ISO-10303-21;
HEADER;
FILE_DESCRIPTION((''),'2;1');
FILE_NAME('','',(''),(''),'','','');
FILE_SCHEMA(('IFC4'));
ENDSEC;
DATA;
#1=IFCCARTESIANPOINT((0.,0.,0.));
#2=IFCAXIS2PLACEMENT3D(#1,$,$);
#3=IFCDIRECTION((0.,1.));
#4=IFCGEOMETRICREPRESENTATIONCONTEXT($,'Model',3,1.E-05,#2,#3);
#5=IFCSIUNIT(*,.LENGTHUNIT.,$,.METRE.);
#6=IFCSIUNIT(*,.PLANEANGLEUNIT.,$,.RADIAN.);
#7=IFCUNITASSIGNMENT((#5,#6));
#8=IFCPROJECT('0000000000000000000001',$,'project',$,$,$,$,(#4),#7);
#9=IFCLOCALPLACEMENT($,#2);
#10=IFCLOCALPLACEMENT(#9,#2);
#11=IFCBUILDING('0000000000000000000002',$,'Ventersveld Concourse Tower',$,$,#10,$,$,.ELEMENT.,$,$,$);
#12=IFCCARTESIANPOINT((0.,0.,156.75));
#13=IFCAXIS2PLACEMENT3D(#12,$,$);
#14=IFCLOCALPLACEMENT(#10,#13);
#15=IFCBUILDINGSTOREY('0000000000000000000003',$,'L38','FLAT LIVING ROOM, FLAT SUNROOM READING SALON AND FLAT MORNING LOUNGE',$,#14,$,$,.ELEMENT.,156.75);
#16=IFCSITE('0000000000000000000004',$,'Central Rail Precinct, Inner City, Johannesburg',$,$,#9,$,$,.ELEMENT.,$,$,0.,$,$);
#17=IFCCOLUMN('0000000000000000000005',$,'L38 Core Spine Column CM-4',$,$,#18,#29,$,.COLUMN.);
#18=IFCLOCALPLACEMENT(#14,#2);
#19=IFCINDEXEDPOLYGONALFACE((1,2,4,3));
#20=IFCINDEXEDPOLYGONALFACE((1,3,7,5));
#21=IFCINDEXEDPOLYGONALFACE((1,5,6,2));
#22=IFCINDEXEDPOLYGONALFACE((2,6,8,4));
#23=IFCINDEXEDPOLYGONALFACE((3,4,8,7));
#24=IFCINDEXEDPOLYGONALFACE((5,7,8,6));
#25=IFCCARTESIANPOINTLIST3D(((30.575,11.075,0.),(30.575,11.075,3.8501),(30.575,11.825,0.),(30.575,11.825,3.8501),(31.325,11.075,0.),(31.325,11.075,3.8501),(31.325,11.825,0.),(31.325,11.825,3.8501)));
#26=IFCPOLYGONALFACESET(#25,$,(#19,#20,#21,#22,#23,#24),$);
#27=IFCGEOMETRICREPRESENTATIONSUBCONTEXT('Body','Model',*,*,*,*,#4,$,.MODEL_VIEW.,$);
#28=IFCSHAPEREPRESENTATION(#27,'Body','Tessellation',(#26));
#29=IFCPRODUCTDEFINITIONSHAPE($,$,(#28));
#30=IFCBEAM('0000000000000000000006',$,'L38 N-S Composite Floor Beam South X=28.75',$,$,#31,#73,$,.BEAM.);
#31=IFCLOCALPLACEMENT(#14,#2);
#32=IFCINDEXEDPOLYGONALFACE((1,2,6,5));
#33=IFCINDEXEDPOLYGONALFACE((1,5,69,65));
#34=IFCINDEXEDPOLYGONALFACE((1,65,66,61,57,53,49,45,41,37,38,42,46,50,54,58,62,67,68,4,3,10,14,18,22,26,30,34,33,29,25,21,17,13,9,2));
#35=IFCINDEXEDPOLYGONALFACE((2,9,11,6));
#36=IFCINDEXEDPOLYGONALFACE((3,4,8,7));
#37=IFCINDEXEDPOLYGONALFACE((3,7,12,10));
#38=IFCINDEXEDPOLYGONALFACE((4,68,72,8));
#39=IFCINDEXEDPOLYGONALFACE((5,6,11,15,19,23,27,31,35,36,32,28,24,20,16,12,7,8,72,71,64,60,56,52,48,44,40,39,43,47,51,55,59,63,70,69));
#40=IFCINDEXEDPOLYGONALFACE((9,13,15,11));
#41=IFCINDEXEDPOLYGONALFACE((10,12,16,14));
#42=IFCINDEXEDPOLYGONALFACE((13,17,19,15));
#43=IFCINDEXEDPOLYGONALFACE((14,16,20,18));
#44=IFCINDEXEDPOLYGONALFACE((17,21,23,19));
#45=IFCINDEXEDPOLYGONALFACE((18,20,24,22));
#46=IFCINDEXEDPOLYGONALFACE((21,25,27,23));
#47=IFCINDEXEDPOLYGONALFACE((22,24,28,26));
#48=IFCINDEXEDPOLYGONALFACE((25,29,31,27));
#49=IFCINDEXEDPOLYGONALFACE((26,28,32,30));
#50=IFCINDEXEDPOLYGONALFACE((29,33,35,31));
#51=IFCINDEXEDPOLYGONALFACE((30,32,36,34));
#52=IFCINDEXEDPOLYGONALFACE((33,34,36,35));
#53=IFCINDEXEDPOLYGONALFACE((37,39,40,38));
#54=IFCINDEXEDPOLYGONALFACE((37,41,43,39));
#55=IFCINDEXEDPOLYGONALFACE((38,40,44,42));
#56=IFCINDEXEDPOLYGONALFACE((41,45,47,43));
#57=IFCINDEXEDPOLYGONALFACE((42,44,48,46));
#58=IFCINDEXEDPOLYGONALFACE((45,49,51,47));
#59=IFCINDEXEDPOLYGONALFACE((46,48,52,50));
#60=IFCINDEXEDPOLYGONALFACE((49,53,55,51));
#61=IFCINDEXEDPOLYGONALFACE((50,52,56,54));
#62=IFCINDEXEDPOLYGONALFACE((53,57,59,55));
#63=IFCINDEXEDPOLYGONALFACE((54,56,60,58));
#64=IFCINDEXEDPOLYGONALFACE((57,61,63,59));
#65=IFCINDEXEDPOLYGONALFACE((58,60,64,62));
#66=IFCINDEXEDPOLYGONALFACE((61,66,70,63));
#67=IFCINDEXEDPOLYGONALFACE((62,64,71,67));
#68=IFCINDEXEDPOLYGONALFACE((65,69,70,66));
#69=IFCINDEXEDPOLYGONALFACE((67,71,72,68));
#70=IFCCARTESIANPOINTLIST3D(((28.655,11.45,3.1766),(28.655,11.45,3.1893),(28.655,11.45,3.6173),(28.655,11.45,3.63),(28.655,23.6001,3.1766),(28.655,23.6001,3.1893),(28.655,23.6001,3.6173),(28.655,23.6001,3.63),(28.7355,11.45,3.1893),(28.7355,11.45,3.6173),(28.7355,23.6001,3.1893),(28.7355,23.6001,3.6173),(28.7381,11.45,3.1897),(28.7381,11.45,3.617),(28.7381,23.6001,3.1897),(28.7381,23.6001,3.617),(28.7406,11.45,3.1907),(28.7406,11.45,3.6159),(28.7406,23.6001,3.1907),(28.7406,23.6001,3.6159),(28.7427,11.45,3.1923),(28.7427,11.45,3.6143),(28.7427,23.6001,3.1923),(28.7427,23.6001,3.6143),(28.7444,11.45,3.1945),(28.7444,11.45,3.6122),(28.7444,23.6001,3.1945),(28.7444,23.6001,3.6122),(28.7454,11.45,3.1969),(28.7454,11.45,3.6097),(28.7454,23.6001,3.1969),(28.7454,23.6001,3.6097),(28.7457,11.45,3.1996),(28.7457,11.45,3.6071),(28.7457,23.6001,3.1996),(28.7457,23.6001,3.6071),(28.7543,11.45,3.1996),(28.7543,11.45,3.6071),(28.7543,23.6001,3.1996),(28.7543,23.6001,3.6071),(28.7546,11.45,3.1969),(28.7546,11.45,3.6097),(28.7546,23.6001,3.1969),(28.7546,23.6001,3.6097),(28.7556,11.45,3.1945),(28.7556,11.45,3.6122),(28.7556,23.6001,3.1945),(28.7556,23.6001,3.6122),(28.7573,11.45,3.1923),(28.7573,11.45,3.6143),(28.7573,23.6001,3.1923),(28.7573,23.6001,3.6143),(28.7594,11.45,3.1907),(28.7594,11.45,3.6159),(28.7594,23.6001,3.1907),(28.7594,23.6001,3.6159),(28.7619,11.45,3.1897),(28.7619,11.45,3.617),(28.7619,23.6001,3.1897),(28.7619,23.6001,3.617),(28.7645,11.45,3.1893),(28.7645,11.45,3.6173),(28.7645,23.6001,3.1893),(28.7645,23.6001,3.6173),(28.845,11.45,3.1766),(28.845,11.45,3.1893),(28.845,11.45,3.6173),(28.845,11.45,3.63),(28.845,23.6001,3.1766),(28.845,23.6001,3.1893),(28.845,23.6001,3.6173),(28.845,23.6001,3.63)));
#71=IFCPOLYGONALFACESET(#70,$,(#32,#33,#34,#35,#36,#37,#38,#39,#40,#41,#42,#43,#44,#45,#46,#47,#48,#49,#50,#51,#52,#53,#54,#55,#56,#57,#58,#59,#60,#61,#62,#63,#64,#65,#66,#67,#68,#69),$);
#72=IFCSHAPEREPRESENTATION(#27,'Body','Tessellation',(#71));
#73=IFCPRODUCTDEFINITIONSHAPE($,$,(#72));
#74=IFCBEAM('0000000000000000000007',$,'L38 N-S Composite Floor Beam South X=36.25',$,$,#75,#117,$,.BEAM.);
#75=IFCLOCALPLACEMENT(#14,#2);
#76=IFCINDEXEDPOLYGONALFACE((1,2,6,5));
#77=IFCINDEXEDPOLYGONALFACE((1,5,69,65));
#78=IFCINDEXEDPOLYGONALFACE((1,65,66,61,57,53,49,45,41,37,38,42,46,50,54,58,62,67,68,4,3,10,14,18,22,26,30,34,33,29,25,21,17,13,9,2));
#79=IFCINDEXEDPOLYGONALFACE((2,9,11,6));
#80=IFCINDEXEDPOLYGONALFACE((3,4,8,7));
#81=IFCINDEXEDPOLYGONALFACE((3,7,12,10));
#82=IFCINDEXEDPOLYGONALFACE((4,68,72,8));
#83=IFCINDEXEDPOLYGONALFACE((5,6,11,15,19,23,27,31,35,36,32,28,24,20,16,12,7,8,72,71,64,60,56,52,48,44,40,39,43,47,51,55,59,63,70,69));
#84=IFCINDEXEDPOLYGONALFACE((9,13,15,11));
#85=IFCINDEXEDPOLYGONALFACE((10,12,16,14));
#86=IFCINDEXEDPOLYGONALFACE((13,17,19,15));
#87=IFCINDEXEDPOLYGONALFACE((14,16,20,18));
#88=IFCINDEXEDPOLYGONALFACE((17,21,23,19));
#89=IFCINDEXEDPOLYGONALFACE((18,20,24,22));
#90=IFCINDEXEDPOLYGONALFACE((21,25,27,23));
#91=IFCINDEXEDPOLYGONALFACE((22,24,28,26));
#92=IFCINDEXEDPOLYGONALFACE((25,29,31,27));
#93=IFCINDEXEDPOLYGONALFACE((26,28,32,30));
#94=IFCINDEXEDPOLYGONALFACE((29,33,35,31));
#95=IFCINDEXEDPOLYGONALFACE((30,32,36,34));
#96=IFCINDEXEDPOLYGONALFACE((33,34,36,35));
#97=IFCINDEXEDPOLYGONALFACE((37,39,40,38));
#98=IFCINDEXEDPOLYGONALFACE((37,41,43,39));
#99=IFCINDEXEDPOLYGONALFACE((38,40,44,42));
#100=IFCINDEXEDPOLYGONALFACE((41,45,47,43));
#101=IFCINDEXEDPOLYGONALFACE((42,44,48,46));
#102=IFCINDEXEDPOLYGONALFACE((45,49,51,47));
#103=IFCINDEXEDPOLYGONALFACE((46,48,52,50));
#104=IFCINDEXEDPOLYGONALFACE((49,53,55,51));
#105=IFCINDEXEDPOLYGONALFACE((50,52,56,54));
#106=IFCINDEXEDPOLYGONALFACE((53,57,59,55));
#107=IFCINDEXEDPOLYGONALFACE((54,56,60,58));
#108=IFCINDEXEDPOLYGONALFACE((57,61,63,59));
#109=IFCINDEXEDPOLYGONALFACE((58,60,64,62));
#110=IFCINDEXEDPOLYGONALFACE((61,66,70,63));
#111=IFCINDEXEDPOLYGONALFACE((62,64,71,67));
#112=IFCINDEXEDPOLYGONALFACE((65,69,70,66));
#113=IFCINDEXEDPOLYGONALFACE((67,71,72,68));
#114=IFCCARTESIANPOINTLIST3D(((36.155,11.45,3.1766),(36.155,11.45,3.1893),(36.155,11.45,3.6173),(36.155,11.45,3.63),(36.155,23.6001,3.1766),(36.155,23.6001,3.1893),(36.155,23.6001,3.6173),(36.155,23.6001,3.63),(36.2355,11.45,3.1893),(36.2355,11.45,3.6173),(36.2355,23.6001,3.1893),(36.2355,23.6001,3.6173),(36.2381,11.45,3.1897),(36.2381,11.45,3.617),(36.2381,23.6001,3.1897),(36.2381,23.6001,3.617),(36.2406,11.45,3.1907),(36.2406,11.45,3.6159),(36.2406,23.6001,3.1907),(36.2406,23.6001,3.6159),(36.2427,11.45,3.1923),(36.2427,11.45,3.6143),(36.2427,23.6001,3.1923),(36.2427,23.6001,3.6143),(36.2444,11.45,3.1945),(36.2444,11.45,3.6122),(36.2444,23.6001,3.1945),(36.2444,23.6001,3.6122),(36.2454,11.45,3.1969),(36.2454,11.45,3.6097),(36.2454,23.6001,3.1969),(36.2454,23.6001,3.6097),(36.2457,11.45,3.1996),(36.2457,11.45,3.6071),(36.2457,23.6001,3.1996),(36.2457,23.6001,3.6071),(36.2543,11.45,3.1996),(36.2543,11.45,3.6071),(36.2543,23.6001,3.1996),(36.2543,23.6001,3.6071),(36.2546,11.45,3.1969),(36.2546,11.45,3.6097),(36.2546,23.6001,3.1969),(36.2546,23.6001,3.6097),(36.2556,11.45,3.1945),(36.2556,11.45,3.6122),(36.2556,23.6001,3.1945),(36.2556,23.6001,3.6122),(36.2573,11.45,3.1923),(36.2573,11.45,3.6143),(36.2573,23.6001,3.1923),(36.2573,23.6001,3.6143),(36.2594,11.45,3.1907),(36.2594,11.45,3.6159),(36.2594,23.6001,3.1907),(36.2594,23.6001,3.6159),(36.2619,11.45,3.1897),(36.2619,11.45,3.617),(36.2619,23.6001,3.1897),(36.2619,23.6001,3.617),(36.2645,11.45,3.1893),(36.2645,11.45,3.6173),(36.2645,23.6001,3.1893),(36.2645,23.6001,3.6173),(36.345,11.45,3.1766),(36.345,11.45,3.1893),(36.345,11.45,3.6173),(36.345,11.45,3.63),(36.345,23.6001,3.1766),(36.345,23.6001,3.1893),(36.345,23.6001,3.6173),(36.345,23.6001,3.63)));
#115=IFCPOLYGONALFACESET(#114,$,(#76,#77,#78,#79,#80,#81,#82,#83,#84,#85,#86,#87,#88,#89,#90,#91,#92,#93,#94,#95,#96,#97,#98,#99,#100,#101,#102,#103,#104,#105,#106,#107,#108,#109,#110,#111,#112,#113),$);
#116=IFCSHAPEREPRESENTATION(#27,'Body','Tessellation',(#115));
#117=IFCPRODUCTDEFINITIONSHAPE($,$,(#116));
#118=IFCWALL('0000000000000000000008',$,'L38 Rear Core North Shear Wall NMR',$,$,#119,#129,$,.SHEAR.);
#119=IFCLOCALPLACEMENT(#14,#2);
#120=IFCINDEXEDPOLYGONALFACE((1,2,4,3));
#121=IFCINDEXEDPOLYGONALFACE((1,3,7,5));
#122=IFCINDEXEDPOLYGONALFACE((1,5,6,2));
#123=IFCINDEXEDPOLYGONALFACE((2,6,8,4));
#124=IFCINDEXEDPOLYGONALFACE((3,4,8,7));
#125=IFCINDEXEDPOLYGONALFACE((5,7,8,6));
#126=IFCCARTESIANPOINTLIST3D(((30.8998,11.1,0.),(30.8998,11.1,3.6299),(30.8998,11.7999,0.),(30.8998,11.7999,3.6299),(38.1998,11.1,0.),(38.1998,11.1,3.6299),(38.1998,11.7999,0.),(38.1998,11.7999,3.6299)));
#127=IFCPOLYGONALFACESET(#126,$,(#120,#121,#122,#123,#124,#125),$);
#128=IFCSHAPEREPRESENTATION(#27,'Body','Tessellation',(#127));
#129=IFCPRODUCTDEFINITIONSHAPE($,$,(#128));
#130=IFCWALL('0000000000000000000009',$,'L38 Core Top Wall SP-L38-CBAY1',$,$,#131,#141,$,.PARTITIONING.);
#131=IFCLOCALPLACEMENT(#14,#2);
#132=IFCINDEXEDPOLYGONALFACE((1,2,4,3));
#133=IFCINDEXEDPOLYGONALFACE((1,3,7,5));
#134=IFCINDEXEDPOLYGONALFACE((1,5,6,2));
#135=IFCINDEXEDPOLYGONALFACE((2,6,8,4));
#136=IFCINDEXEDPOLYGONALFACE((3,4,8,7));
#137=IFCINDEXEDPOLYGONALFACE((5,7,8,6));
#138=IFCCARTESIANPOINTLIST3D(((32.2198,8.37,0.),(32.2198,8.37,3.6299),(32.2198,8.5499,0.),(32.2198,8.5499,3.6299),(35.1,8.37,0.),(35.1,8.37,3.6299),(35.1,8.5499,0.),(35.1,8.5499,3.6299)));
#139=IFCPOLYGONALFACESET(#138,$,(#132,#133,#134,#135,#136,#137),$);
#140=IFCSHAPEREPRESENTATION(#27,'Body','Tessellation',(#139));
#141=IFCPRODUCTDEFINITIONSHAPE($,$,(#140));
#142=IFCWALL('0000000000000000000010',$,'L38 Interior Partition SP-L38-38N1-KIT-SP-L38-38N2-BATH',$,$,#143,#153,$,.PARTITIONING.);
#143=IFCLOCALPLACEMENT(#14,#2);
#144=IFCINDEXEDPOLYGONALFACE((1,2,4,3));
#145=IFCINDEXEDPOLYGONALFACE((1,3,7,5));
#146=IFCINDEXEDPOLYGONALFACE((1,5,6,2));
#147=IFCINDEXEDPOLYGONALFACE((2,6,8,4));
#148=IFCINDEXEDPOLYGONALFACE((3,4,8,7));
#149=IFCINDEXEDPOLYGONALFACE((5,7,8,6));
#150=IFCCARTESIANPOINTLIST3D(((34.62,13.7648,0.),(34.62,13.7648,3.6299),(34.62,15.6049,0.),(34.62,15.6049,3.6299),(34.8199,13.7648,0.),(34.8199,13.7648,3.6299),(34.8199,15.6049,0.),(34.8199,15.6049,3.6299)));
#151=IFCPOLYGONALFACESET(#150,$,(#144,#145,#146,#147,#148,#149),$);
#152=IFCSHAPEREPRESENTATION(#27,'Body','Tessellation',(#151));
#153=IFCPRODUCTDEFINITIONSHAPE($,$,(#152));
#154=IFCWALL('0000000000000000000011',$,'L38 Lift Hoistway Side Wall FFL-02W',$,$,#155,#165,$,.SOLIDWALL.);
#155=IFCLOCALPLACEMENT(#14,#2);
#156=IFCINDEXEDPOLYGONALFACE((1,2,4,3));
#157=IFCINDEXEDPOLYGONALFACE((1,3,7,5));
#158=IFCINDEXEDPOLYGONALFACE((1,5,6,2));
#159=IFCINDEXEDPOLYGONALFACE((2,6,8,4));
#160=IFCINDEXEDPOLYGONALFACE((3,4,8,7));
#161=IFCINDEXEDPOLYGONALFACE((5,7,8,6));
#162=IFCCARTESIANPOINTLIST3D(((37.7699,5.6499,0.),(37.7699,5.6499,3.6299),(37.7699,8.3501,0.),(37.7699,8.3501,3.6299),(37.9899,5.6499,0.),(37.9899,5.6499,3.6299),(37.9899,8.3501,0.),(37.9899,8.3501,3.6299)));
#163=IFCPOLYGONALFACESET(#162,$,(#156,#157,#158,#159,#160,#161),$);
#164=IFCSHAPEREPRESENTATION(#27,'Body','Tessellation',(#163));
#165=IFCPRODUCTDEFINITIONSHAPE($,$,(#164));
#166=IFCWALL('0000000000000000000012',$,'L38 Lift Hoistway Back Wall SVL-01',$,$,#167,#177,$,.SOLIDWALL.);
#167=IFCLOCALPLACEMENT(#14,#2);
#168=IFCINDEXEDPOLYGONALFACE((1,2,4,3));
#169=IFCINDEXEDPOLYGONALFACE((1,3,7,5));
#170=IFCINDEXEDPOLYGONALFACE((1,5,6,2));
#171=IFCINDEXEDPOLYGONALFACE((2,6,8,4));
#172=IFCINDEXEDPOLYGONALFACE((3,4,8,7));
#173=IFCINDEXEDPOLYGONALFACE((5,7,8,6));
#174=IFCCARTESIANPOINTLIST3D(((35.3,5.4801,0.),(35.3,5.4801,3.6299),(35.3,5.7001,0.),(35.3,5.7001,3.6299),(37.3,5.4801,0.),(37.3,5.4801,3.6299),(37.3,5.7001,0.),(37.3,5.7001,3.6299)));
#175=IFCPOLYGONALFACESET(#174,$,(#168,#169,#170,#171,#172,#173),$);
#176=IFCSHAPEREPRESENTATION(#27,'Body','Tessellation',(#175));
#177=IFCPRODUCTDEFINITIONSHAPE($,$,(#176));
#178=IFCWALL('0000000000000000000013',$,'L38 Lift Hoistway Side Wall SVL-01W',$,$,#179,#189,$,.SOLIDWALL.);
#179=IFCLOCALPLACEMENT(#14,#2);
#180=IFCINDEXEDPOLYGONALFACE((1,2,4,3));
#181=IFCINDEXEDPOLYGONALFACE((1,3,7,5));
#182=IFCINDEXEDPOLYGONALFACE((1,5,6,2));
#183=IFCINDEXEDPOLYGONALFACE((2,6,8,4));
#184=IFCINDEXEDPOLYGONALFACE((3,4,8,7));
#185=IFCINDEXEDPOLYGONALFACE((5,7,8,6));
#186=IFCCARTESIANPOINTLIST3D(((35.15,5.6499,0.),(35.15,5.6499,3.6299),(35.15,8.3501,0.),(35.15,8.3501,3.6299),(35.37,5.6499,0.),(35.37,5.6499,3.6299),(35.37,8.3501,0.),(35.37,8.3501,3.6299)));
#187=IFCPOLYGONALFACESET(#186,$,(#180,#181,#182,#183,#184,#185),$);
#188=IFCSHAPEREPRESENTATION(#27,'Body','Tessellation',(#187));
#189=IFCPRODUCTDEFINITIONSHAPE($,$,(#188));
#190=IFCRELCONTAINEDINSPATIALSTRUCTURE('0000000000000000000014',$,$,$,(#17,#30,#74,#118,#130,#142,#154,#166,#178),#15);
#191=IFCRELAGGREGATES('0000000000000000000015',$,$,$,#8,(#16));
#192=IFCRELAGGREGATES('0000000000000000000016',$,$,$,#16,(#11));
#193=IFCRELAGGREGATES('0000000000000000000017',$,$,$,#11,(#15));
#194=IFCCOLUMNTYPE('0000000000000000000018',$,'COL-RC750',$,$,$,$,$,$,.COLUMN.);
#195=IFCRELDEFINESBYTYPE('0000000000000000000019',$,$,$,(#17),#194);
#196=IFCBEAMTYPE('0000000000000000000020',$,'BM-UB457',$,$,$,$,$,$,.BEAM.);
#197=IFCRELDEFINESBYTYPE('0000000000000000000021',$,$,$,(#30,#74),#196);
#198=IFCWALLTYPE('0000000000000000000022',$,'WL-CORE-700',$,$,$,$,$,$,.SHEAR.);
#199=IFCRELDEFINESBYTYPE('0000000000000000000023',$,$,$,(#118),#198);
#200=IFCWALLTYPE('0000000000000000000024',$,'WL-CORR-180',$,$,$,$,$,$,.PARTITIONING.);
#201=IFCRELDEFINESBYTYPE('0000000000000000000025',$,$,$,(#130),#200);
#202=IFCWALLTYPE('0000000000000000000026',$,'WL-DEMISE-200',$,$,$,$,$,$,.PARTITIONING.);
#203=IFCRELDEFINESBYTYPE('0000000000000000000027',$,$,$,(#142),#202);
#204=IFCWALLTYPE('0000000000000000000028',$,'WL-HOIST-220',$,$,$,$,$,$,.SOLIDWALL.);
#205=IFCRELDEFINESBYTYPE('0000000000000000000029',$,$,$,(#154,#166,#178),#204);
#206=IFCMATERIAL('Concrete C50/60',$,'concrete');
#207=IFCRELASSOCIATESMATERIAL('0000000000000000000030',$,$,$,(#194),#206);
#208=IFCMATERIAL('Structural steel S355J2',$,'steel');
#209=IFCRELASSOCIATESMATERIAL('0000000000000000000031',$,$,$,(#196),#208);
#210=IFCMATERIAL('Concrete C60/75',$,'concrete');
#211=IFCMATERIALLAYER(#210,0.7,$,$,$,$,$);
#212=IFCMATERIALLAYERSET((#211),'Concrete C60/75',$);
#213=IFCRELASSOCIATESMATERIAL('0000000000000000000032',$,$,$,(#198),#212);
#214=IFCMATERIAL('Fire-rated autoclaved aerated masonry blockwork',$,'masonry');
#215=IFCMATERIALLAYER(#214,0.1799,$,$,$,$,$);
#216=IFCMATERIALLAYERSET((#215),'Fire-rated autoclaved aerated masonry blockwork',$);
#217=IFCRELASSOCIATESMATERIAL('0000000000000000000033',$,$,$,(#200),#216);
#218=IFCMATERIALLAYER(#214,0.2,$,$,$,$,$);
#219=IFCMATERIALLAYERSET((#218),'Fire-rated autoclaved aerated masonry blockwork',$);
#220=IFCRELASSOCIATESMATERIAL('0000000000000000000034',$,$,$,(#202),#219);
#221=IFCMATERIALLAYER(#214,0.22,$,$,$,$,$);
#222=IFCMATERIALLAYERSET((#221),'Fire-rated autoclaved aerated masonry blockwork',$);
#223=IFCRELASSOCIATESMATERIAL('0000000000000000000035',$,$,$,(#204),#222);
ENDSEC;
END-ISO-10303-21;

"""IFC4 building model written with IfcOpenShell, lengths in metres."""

from ifc_helpers import new_model, si_unit, direction, frame, frame_2d, origin, origin_2d, place, context, subcontext, project, spatial, rectangle, i_section, extrude, material, layer, layer_set, material_profile, profile_set, type_object, element, save


model = new_model("IFC4")

# Units and contexts
model_context = context("Model", 3, precision=1e-05, world=origin(), true_north=direction((0.0, 1.0)))
body_context = subcontext(model_context, "Body", "Model", "MODEL_VIEW")
ifc_project = project(units=[si_unit("LENGTHUNIT", "METRE"), si_unit("PLANEANGLEUNIT", "RADIAN")], contexts=[model_context])

# Site, building, storey
site_placement = place(None, origin())
site = spatial("IfcSite", under=ifc_project, at=site_placement, Name="Central Rail Precinct, Inner City, Johannesburg", CompositionType="ELEMENT", RefElevation=0.0)
building_placement = place(site_placement, origin())
building = spatial("IfcBuilding", under=site, at=building_placement, Name="Ventersveld Concourse Tower", CompositionType="ELEMENT")
storey_placement = place(building_placement, frame((0.0, 0.0, 156.75)))
storey = spatial("IfcBuildingStorey", under=building, at=storey_placement, Name="L38", Description="FLAT LIVING ROOM, FLAT SUNROOM READING SALON AND FLAT MORNING LOUNGE", CompositionType="ELEMENT", Elevation=156.75)

# Column
ifc_material_1 = material(Name="Concrete C50/60", Category="concrete")
ifc_material_profile_1 = material_profile(ifc_material_1, rectangle(XDim=0.75, YDim=0.75, at=origin_2d()), Name="RC 750x750")
ifc_profile_set_1 = profile_set([ifc_material_profile_1], Name="Concrete C50/60")
column_type = type_object("IfcColumnType", Name="COL-RC750", PredefinedType="COLUMN", material=ifc_profile_set_1)
column_placement = place(storey_placement, frame((30.95, 11.45, 0.0), z_axis=(0.0, 0.0, 1.0), x_axis=(1.0, 0.0, 0.0)))
element("IfcColumn", 1, at=column_placement, inside=storey, type_object=column_type, Name="L38 Core Spine Column CM-4", PredefinedType="COLUMN", context=body_context, shape_type="SweptSolid", body=[
    extrude(rectangle(XDim=0.75, YDim=0.75, at=origin_2d()), origin(), (0.0, 0.0, 1.0), 3.8501),
])

# Beams
ifc_material_2 = material(Name="Structural steel S355J2", Category="steel")
ifc_material_profile_2 = material_profile(ifc_material_2, i_section(OverallWidth=0.1899, OverallDepth=0.4534, WebThickness=0.0085, FlangeThickness=0.0127, FilletRadius=0.0103, at=origin_2d()), Name="UB 457x191x67")
ifc_profile_set_2 = profile_set([ifc_material_profile_2], Name="Structural steel S355J2")
beam_type = type_object("IfcBeamType", Name="BM-UB457", PredefinedType="BEAM", material=ifc_profile_set_2)
for number, where, z_axis, x_axis, name in (
    (2, (28.75, 11.45, 3.4033), (0.0, 1.0, 0.0), (-1.0, 0.0, 0.0), "L38 N-S Composite Floor Beam South X=28.75"),
    (3, (36.25, 11.45, 3.4033), (0.0, 1.0, 0.0), (-1.0, 0.0, 0.0), "L38 N-S Composite Floor Beam South X=36.25"),
):
    element("IfcBeam", number, at=place(storey_placement, frame(where, z_axis=z_axis, x_axis=x_axis)), inside=storey, type_object=beam_type, Name=name, PredefinedType="BEAM", context=body_context, shape_type="SweptSolid", body=[
        extrude(i_section(OverallWidth=0.1899, OverallDepth=0.4534, WebThickness=0.0085, FlangeThickness=0.0127, FilletRadius=0.0103, at=origin_2d()), origin(), (0.0, 0.0, 1.0), 12.1501),
    ])

# Wall
ifc_material_3 = material(Name="Concrete C60/75", Category="concrete")
ifc_layer_1 = layer(ifc_material_3, 0.7)
ifc_layer_set_1 = layer_set([ifc_layer_1], Name="Concrete C60/75")
wall_type_1 = type_object("IfcWallType", Name="WL-CORE-700", PredefinedType="SHEAR", material=ifc_layer_set_1)
wall_1_placement = place(storey_placement, frame((30.8999, 11.45, 0.0), z_axis=(0.0, 0.0, 1.0), x_axis=(1.0, 0.0, 0.0)))
element("IfcWall", 4, at=wall_1_placement, inside=storey, type_object=wall_type_1, Name="L38 Rear Core North Shear Wall NMR", PredefinedType="SHEAR", context=body_context, shape_type="SweptSolid", body=[
    extrude(rectangle(XDim=7.3, YDim=0.7, at=frame_2d((3.6499, 0.0))), origin(), (0.0, 0.0, 1.0), 3.6299),
])

# Shared definitions
ifc_material_4 = material(Name="Fire-rated autoclaved aerated masonry blockwork", Category="masonry")
ifc_layer_2 = layer(ifc_material_4, 0.1799)
ifc_layer_set_2 = layer_set([ifc_layer_2], Name="Fire-rated autoclaved aerated masonry blockwork")
wall_type_2 = type_object("IfcWallType", Name="WL-CORR-180", PredefinedType="PARTITIONING", material=ifc_layer_set_2)

# Walls
wall_2_placement = place(storey_placement, frame((32.22, 8.46, 0.0), z_axis=(0.0, 0.0, 1.0), x_axis=(1.0, 0.0, 0.0)))
element("IfcWall", 5, at=wall_2_placement, inside=storey, type_object=wall_type_2, Name="L38 Core Top Wall SP-L38-CBAY1", PredefinedType="PARTITIONING", context=body_context, shape_type="SweptSolid", body=[
    extrude(rectangle(XDim=2.8801, YDim=0.1799, at=frame_2d((1.4399, 0.0))), origin(), (0.0, 0.0, 1.0), 3.6299),
])
ifc_layer_3 = layer(ifc_material_4, 0.2)
ifc_layer_set_3 = layer_set([ifc_layer_3], Name="Fire-rated autoclaved aerated masonry blockwork")
wall_type_3 = type_object("IfcWallType", Name="WL-DEMISE-200", PredefinedType="PARTITIONING", material=ifc_layer_set_3)
wall_3_placement = place(storey_placement, frame((34.72, 13.7649, 0.0), z_axis=(0.0, 0.0, 1.0), x_axis=(0.0, 1.0, 0.0)))
element("IfcWall", 6, at=wall_3_placement, inside=storey, type_object=wall_type_3, Name="L38 Interior Partition SP-L38-38N1-KIT-SP-L38-38N2-BATH", PredefinedType="PARTITIONING", context=body_context, shape_type="SweptSolid", body=[
    extrude(rectangle(XDim=1.8401, YDim=0.2, at=frame_2d((0.9199, 0.0))), origin(), (0.0, 0.0, 1.0), 3.6299),
])
ifc_layer_4 = layer(ifc_material_4, 0.22)
ifc_layer_set_4 = layer_set([ifc_layer_4], Name="Fire-rated autoclaved aerated masonry blockwork")
wall_type_4 = type_object("IfcWallType", Name="WL-HOIST-220", PredefinedType="SOLIDWALL", material=ifc_layer_set_4)
wall_4_placement = place(storey_placement, frame((37.8799, 5.6499, 0.0), z_axis=(0.0, 0.0, 1.0), x_axis=(0.0, 1.0, 0.0)))
element("IfcWall", 7, at=wall_4_placement, inside=storey, type_object=wall_type_4, Name="L38 Lift Hoistway Side Wall FFL-02W", PredefinedType="SOLIDWALL", context=body_context, shape_type="SweptSolid", body=[
    extrude(rectangle(XDim=2.7002, YDim=0.22, at=frame_2d((1.3501, 0.0))), origin(), (0.0, 0.0, 1.0), 3.6299),
])
wall_5_placement = place(storey_placement, frame((35.3, 5.5901, 0.0), z_axis=(0.0, 0.0, 1.0), x_axis=(1.0, 0.0, 0.0)))
element("IfcWall", 8, at=wall_5_placement, inside=storey, type_object=wall_type_4, Name="L38 Lift Hoistway Back Wall SVL-01", PredefinedType="SOLIDWALL", context=body_context, shape_type="SweptSolid", body=[
    extrude(rectangle(XDim=2.0, YDim=0.22, at=frame_2d((1.0, 0.0))), origin(), (0.0, 0.0, 1.0), 3.6299),
])
wall_6_placement = place(storey_placement, frame((35.26, 5.6499, 0.0), z_axis=(0.0, 0.0, 1.0), x_axis=(0.0, 1.0, 0.0)))
element("IfcWall", 9, at=wall_6_placement, inside=storey, type_object=wall_type_4, Name="L38 Lift Hoistway Side Wall SVL-01W", PredefinedType="SOLIDWALL", context=body_context, shape_type="SweptSolid", body=[
    extrude(rectangle(XDim=2.7002, YDim=0.22, at=frame_2d((1.3501, 0.0))), origin(), (0.0, 0.0, 1.0), 3.6299),
])

save(model, "model.ifc")
